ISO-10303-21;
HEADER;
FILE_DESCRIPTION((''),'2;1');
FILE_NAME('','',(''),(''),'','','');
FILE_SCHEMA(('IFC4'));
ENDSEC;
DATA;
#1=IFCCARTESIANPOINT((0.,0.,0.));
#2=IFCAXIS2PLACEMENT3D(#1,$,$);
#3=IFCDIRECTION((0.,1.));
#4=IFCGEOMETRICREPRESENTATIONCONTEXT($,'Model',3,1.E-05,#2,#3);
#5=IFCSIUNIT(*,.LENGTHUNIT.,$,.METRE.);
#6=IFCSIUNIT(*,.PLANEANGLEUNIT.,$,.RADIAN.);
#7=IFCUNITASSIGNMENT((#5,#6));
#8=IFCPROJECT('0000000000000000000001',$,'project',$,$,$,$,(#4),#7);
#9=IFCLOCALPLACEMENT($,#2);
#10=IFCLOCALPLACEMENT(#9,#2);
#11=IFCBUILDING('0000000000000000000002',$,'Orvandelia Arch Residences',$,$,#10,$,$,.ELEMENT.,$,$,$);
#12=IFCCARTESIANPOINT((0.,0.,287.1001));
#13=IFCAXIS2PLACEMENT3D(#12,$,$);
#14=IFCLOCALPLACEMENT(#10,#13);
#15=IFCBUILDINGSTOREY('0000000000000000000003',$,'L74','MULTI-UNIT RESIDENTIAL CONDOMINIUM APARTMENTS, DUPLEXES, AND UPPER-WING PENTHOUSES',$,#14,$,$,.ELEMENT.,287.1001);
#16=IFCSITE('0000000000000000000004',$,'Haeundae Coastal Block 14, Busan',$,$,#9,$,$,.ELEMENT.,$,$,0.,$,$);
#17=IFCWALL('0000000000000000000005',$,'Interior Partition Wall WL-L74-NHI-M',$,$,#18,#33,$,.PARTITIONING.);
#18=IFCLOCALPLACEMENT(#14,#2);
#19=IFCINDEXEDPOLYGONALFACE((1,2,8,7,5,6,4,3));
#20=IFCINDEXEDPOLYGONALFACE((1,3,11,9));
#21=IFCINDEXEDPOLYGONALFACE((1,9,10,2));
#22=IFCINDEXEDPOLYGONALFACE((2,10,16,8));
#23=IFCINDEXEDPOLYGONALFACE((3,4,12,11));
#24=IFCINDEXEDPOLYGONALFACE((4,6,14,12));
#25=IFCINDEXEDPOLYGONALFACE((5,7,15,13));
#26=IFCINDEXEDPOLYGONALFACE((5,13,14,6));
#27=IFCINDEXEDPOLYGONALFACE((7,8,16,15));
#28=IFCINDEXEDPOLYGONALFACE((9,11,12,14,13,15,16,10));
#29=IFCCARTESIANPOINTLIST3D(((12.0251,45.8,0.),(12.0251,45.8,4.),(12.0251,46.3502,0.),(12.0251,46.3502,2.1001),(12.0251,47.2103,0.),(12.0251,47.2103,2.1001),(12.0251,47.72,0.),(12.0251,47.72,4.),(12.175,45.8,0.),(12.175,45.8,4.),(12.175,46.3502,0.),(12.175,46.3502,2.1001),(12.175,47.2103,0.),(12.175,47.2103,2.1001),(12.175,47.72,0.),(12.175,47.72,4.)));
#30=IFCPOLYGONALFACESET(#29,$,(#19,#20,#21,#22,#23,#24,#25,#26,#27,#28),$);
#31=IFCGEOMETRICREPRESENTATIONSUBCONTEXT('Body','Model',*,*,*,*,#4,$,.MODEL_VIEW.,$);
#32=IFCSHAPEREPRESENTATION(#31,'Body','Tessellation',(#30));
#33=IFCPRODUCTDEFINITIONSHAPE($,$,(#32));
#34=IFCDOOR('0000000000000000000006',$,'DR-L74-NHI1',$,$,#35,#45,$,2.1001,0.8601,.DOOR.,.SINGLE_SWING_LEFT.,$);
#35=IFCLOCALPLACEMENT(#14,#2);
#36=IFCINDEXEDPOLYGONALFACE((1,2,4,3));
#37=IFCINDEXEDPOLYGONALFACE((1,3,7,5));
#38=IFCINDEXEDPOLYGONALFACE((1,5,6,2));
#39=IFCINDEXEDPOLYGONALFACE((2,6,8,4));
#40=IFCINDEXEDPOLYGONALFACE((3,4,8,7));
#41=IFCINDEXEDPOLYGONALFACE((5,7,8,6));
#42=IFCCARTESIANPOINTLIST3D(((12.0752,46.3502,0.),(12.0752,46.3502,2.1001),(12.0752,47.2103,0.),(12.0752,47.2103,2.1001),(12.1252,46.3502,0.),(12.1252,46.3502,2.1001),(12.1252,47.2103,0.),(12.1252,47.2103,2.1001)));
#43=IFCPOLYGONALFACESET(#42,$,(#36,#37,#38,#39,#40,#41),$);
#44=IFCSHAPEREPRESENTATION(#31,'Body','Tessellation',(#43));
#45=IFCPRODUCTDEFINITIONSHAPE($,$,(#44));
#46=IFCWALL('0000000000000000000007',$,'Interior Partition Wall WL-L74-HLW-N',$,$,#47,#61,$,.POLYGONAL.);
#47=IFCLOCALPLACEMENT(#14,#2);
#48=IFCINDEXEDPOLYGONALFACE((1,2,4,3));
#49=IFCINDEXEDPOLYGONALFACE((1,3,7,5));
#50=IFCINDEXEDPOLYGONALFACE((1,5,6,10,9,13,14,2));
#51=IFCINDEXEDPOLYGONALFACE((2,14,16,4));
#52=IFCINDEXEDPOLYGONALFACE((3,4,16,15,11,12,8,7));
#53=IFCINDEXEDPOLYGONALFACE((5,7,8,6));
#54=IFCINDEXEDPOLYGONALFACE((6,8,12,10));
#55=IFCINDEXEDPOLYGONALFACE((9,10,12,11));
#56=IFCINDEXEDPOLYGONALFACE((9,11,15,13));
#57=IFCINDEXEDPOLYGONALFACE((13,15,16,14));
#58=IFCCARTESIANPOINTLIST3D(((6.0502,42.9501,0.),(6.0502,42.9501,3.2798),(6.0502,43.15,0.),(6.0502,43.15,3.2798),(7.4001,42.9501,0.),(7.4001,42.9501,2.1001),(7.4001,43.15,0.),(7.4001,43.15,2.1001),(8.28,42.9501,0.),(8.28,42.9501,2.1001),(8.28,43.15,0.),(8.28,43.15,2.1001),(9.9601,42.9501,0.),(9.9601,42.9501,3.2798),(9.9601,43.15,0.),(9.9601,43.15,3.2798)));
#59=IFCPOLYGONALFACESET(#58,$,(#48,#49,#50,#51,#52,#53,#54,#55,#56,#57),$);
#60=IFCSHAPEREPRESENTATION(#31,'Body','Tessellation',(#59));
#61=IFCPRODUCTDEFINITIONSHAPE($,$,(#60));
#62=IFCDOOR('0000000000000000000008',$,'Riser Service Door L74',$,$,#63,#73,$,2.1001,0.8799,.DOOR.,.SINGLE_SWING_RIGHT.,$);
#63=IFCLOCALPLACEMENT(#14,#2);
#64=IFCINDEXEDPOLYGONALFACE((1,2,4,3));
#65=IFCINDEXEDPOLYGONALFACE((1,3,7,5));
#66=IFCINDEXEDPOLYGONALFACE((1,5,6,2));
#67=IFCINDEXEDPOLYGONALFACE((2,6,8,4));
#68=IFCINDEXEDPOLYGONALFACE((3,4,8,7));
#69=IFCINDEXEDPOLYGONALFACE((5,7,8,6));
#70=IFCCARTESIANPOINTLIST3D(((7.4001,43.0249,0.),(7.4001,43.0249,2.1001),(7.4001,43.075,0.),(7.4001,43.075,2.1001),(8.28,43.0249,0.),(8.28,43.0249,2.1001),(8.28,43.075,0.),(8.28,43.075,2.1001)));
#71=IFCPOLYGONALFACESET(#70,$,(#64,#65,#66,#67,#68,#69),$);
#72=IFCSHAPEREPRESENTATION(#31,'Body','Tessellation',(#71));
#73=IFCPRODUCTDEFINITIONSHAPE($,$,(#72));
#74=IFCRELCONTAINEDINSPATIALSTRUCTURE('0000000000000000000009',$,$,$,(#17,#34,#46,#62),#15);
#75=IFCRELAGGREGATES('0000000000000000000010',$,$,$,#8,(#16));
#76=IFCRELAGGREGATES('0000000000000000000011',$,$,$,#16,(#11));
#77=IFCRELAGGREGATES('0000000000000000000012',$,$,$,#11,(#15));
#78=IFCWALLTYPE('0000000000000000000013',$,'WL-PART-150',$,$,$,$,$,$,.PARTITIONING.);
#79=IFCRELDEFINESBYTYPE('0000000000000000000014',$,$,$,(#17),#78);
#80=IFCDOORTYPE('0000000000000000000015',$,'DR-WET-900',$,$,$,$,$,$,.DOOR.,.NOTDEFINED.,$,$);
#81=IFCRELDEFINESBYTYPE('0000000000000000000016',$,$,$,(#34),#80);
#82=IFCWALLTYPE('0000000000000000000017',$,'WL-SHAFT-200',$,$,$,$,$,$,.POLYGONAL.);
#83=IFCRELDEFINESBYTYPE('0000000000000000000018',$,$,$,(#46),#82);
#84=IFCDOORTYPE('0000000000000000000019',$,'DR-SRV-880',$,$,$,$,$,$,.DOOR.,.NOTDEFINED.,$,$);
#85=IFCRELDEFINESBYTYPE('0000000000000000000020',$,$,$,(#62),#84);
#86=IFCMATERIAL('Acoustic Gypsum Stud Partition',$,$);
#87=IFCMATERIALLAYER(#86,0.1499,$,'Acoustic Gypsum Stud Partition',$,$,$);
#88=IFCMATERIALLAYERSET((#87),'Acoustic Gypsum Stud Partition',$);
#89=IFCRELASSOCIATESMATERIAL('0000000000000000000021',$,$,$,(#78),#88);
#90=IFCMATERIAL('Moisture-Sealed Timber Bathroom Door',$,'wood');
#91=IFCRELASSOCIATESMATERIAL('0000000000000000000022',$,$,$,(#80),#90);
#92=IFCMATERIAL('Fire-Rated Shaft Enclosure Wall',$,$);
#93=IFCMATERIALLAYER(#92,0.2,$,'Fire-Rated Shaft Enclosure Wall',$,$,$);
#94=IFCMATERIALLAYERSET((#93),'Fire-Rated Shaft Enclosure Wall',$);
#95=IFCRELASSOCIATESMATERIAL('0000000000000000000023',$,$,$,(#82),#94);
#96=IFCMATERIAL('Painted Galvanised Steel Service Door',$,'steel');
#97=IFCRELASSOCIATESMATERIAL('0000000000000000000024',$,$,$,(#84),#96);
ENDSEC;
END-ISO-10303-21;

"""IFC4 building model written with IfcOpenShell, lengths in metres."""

from ifc_helpers import new_model, si_unit, direction, frame, frame_2d, origin, place, context, subcontext, project, spatial, rectangle, extrude, material, layer, layer_set, type_object, element, fill, save


model = new_model("IFC4")

# Units and contexts
model_context = context("Model", 3, precision=1e-05, world=origin(), true_north=direction((0.0, 1.0)))
body_context = subcontext(model_context, "Body", "Model", "MODEL_VIEW")
ifc_project = project(units=[si_unit("LENGTHUNIT", "METRE"), si_unit("PLANEANGLEUNIT", "RADIAN")], contexts=[model_context])

# Site, building, storey
site_placement = place(None, origin())
site = spatial("IfcSite", under=ifc_project, at=site_placement, Name="Haeundae Coastal Block 14, Busan", CompositionType="ELEMENT", RefElevation=0.0)
building_placement = place(site_placement, origin())
building = spatial("IfcBuilding", under=site, at=building_placement, Name="Orvandelia Arch Residences", CompositionType="ELEMENT")
storey_placement = place(building_placement, frame((0.0, 0.0, 287.1001)))
storey = spatial("IfcBuildingStorey", under=building, at=storey_placement, Name="L74", Description="MULTI-UNIT RESIDENTIAL CONDOMINIUM APARTMENTS, DUPLEXES, AND UPPER-WING PENTHOUSES", CompositionType="ELEMENT", Elevation=287.1001)

# Shared definitions
ifc_material_1 = material(Name="Acoustic Gypsum Stud Partition")
ifc_layer_1 = layer(ifc_material_1, 0.1499, Name="Acoustic Gypsum Stud Partition")
ifc_layer_set_1 = layer_set([ifc_layer_1], Name="Acoustic Gypsum Stud Partition")
wall_type_1 = type_object("IfcWallType", Name="WL-PART-150", PredefinedType="PARTITIONING", material=ifc_layer_set_1)

# Walls, openings, doors
wall_1_placement = place(storey_placement, frame((12.1001, 45.8, 0.0), z_axis=(0.0, 0.0, 1.0), x_axis=(0.0, 1.0, 0.0)))
wall_1 = element("IfcWall", 1, at=wall_1_placement, inside=storey, type_object=wall_type_1, Name="Interior Partition Wall WL-L74-NHI-M", PredefinedType="PARTITIONING", context=body_context, shape_type="SweptSolid", body=[
    extrude(rectangle(XDim=1.9199, YDim=0.1499, at=frame_2d((0.96, 0.0))), origin(), (0.0, 0.0, 1.0), 4.0),
])
opening_1_placement = place(wall_1_placement, frame((0.55, 0.0, 0.0)))
opening_1 = element("IfcOpeningElement", 2, at=opening_1_placement, cuts=wall_1, PredefinedType="OPENING", context=body_context, shape_type="SweptSolid", body=[
    extrude(rectangle(XDim=0.8601, YDim=2.1001, at=frame_2d((0.4302, 1.05))), frame((0.0, 0.085, 0.0), z_axis=(0.0, -1.0, 0.0), x_axis=(1.0, 0.0, 0.0)), (0.0, 0.0, 1.0), 0.1699),
])
ifc_material_2 = material(Name="Moisture-Sealed Timber Bathroom Door", Category="wood")
door_type_1 = type_object("IfcDoorType", Name="DR-WET-900", OperationType="NOTDEFINED", PredefinedType="DOOR", material=ifc_material_2)
door_1_placement = place(opening_1_placement, origin())
door_1 = element("IfcDoor", 3, at=door_1_placement, inside=storey, type_object=door_type_1, Name="DR-L74-NHI1", OperationType="SINGLE_SWING_LEFT", OverallHeight=2.1001, OverallWidth=0.8601, PredefinedType="DOOR", context=body_context, shape_type="SweptSolid", body=[
    extrude(rectangle(XDim=0.8601, YDim=2.1001, at=frame_2d((0.4302, 1.05))), frame((0.0, 0.0249, 0.0), z_axis=(0.0, -1.0, 0.0), x_axis=(1.0, 0.0, 0.0)), (0.0, 0.0, 1.0), 0.05),
])
fill(opening_1, door_1)
ifc_material_3 = material(Name="Fire-Rated Shaft Enclosure Wall")
ifc_layer_2 = layer(ifc_material_3, 0.2, Name="Fire-Rated Shaft Enclosure Wall")
ifc_layer_set_2 = layer_set([ifc_layer_2], Name="Fire-Rated Shaft Enclosure Wall")
wall_type_2 = type_object("IfcWallType", Name="WL-SHAFT-200", PredefinedType="POLYGONAL", material=ifc_layer_set_2)
wall_2_placement = place(storey_placement, frame((6.05, 43.05, 0.0), z_axis=(0.0, 0.0, 1.0), x_axis=(1.0, 0.0, 0.0)))
wall_2 = element("IfcWall", 4, at=wall_2_placement, inside=storey, type_object=wall_type_2, Name="Interior Partition Wall WL-L74-HLW-N", PredefinedType="POLYGONAL", context=body_context, shape_type="SweptSolid", body=[
    extrude(rectangle(XDim=3.9099, YDim=0.2, at=frame_2d((1.9551, 0.0))), origin(), (0.0, 0.0, 1.0), 3.2798),
])
opening_2_placement = place(wall_2_placement, frame((1.3501, 0.0, 0.0)))
opening_2 = element("IfcOpeningElement", 5, at=opening_2_placement, cuts=wall_2, PredefinedType="OPENING", context=body_context, shape_type="SweptSolid", body=[
    extrude(rectangle(XDim=0.8799, YDim=2.1001, at=frame_2d((0.4399, 1.05))), frame((0.0, 0.1099, 0.0), z_axis=(0.0, -1.0, 0.0), x_axis=(1.0, 0.0, 0.0)), (0.0, 0.0, 1.0), 0.22),
])
ifc_material_4 = material(Name="Painted Galvanised Steel Service Door", Category="steel")
door_type_2 = type_object("IfcDoorType", Name="DR-SRV-880", OperationType="NOTDEFINED", PredefinedType="DOOR", material=ifc_material_4)
door_2_placement = place(opening_2_placement, origin())
door_2 = element("IfcDoor", 6, at=door_2_placement, inside=storey, type_object=door_type_2, Name="Riser Service Door L74", OperationType="SINGLE_SWING_RIGHT", OverallHeight=2.1001, OverallWidth=0.8799, PredefinedType="DOOR", context=body_context, shape_type="SweptSolid", body=[
    extrude(rectangle(XDim=0.8799, YDim=2.1001, at=frame_2d((0.4399, 1.05))), frame((0.0, 0.0249, 0.0), z_axis=(0.0, -1.0, 0.0), x_axis=(1.0, 0.0, 0.0)), (0.0, 0.0, 1.0), 0.05),
])
fill(opening_2, door_2)

save(model, "model.ifc")
